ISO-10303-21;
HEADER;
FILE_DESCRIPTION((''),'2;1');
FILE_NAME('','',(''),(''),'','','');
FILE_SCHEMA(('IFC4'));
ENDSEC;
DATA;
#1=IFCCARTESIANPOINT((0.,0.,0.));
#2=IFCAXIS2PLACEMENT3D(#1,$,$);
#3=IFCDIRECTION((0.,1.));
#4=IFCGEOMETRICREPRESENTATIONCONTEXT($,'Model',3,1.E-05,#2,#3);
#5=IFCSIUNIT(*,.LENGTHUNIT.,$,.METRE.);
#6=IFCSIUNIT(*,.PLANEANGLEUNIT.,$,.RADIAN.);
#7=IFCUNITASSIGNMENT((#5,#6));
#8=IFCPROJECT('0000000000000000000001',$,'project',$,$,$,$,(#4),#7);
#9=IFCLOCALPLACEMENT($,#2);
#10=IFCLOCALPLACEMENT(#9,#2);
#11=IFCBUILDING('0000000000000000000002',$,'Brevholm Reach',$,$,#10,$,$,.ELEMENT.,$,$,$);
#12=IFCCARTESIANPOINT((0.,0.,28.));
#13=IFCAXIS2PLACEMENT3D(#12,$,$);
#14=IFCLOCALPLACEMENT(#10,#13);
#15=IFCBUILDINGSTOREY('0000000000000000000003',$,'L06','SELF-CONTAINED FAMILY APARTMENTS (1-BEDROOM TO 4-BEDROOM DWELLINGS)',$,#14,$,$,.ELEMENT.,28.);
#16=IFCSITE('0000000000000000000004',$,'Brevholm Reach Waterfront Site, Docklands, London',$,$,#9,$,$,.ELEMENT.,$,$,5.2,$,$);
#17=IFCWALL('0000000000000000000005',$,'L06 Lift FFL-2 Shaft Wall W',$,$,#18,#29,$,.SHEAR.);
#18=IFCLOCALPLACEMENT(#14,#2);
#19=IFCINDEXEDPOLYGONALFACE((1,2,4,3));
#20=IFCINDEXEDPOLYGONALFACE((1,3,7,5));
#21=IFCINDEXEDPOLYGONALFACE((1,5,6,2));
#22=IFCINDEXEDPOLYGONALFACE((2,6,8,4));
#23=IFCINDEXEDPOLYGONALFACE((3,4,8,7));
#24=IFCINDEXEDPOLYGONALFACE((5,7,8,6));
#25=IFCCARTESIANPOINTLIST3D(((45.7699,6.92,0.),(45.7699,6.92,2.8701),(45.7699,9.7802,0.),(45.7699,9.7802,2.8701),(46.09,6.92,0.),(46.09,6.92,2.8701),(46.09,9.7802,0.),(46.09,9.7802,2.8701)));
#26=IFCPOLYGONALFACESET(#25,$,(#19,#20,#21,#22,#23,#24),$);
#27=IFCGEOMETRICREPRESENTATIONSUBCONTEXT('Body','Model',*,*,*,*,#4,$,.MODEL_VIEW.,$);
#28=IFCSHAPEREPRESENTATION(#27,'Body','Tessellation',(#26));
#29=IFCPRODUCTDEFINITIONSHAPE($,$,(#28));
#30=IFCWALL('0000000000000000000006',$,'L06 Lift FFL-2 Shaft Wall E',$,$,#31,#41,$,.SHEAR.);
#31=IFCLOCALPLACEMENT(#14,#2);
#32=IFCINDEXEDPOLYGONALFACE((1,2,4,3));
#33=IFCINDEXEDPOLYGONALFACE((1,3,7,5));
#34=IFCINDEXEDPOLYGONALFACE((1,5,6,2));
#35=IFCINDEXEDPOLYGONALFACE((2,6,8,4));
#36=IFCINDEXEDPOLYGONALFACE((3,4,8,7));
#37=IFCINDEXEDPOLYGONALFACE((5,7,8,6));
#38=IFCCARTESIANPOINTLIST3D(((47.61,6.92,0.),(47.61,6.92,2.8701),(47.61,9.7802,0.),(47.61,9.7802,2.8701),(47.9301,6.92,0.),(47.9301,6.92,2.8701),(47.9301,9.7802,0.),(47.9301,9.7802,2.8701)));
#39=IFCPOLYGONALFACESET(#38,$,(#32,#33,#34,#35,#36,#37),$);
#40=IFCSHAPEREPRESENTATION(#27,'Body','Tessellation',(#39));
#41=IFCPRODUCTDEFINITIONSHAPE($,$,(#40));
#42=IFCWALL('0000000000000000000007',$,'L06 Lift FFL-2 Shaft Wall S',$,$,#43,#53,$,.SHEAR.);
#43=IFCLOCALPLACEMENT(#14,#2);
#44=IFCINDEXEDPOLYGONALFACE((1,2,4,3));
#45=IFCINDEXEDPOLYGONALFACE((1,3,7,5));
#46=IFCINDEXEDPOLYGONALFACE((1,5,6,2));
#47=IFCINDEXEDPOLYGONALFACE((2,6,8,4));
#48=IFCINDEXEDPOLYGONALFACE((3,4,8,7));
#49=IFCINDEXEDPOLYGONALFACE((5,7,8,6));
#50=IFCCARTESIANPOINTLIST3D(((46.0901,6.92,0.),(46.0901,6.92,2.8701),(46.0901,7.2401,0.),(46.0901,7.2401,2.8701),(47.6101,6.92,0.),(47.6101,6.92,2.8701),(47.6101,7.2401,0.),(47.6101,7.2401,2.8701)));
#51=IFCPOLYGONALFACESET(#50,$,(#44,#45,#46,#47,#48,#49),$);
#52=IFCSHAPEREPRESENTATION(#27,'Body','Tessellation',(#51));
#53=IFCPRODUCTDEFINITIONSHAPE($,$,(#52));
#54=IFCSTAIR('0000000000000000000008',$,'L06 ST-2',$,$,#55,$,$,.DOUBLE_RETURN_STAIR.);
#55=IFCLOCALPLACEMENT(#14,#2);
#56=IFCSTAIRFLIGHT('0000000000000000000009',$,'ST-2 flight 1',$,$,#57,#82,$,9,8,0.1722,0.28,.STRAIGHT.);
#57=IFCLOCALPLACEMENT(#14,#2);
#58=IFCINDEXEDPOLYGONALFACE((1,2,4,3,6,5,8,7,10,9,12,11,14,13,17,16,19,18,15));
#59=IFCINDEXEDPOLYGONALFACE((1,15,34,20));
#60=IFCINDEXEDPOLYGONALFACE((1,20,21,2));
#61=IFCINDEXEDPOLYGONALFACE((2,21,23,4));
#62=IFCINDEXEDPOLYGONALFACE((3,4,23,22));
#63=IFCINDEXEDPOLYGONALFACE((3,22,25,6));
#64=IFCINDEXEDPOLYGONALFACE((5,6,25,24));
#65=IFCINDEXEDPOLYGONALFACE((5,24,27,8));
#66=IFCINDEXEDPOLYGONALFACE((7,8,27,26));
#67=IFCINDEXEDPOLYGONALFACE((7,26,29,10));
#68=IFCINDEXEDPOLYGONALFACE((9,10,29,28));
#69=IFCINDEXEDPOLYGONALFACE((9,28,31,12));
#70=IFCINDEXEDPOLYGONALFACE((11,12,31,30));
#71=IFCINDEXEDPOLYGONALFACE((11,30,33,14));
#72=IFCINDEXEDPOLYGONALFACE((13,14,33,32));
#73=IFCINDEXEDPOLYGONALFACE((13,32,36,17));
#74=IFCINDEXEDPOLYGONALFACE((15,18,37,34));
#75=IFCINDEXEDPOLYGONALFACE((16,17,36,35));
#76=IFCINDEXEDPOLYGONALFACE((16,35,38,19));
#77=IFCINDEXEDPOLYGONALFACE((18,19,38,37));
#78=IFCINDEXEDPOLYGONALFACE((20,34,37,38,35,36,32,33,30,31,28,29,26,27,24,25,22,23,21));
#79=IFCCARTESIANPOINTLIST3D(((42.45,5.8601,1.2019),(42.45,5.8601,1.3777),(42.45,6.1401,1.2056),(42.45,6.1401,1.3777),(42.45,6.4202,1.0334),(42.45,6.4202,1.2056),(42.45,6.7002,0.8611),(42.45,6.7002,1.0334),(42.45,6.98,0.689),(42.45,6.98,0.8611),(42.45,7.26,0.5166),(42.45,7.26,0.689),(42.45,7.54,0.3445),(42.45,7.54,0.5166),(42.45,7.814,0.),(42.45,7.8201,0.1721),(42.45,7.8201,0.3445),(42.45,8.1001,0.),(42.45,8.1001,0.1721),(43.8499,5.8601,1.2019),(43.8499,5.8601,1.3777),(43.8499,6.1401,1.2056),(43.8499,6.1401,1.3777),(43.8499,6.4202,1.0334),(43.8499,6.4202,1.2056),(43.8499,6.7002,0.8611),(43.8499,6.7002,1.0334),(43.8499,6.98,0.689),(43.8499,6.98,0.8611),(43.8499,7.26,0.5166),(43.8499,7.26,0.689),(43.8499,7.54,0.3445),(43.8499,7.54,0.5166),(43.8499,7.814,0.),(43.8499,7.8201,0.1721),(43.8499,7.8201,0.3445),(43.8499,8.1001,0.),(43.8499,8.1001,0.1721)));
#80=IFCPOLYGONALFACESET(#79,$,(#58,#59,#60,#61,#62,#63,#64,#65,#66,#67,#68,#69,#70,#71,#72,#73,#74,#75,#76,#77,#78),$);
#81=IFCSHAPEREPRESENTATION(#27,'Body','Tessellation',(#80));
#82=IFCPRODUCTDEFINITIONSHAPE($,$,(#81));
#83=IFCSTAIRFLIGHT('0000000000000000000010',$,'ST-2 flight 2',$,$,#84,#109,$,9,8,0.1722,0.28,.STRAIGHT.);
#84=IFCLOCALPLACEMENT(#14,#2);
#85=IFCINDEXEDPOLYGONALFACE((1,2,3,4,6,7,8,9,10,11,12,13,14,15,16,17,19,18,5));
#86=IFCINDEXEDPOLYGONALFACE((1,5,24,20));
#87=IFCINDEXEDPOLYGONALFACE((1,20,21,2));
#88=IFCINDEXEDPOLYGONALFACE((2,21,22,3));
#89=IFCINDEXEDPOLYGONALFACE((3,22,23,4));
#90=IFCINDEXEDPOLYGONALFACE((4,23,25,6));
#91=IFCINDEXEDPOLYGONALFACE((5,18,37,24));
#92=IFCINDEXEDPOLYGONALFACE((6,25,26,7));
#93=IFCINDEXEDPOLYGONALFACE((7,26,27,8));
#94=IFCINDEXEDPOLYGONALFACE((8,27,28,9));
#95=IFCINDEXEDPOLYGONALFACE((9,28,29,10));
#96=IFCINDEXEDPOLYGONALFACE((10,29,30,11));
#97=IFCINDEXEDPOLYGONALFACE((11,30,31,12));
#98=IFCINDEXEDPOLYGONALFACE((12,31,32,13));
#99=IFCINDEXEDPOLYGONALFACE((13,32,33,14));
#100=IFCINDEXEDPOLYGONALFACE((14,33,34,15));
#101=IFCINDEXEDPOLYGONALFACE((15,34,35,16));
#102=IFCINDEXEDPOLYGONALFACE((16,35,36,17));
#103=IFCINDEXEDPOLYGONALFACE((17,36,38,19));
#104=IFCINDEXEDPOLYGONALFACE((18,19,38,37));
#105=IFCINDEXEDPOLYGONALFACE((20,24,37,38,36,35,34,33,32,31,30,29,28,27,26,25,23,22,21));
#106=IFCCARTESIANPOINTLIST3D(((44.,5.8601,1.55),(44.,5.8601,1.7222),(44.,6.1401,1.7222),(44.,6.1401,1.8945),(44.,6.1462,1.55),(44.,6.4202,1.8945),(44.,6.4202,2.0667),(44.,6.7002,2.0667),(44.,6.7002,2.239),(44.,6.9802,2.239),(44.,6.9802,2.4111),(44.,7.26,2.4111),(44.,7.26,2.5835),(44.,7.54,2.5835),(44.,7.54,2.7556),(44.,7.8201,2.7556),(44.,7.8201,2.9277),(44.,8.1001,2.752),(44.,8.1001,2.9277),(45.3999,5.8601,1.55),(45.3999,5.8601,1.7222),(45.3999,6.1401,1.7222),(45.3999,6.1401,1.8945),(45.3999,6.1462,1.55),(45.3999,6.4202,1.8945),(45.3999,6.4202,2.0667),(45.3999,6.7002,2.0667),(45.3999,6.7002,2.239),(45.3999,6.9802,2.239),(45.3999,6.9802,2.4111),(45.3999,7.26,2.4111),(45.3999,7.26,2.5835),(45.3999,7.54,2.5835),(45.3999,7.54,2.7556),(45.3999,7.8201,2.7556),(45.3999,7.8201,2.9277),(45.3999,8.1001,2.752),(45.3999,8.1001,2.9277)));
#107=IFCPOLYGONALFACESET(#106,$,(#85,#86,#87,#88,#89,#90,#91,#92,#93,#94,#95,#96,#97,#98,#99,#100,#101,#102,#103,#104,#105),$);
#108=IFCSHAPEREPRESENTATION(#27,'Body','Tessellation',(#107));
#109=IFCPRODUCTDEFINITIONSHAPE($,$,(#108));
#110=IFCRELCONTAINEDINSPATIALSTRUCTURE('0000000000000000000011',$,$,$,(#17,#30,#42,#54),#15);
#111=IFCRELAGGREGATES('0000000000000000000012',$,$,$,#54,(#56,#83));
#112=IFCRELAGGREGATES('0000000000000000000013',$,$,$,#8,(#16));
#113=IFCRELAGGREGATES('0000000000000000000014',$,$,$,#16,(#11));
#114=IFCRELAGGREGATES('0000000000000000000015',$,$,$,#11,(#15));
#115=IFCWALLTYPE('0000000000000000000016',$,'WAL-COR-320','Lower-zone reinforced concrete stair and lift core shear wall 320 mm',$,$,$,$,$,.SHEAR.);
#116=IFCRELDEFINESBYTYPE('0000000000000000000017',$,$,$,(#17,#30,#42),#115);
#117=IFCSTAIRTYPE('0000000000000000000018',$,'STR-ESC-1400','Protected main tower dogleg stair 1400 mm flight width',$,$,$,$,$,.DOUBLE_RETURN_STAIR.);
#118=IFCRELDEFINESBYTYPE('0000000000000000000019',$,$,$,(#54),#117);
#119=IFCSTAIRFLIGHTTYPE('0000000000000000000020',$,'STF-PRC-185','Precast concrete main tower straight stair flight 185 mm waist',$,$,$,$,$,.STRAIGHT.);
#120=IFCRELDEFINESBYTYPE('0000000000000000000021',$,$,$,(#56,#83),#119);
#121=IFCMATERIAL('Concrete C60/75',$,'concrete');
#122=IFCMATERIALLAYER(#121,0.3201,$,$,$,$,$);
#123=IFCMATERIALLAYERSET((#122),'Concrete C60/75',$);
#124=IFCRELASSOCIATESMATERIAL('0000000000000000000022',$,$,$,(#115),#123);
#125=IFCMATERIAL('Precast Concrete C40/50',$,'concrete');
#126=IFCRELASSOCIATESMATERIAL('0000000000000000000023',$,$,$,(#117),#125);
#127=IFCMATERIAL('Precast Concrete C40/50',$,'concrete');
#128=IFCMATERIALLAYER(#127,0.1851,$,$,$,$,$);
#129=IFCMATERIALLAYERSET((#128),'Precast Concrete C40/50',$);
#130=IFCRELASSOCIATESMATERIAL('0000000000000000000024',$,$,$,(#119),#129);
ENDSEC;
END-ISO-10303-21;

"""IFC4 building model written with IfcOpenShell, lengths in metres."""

from ifc_helpers import new_model, si_unit, direction, frame, frame_2d, origin, place, context, subcontext, project, spatial, polyline, rectangle, outline, extrude, material, layer, layer_set, type_object, element, aggregate, save


model = new_model("IFC4")

# Units and contexts
model_context = context("Model", 3, precision=1e-05, world=origin(), true_north=direction((0.0, 1.0)))
body_context = subcontext(model_context, "Body", "Model", "MODEL_VIEW")
ifc_project = project(units=[si_unit("LENGTHUNIT", "METRE"), si_unit("PLANEANGLEUNIT", "RADIAN")], contexts=[model_context])

# Site, building, storey
site_placement = place(None, origin())
site = spatial("IfcSite", under=ifc_project, at=site_placement, Name="Brevholm Reach Waterfront Site, Docklands, London", CompositionType="ELEMENT", RefElevation=5.2)
building_placement = place(site_placement, origin())
building = spatial("IfcBuilding", under=site, at=building_placement, Name="Brevholm Reach", CompositionType="ELEMENT")
storey_placement = place(building_placement, frame((0.0, 0.0, 28.0)))
storey = spatial("IfcBuildingStorey", under=building, at=storey_placement, Name="L06", Description="SELF-CONTAINED FAMILY APARTMENTS (1-BEDROOM TO 4-BEDROOM DWELLINGS)", CompositionType="ELEMENT", Elevation=28.0)

# Walls
ifc_material_1 = material(Name="Concrete C60/75", Category="concrete")
ifc_layer_1 = layer(ifc_material_1, 0.3201)
ifc_layer_set_1 = layer_set([ifc_layer_1], Name="Concrete C60/75")
wall_type = type_object("IfcWallType", Name="WAL-COR-320", Description="Lower-zone reinforced concrete stair and lift core shear wall 320 mm", PredefinedType="SHEAR", material=ifc_layer_set_1)
for number, where, z_axis, x_axis, name in (
    (1, (45.9299, 6.9199, 0.0), (0.0, 0.0, 1.0), (0.0, 1.0, 0.0), "L06 Lift FFL-2 Shaft Wall W"),
    (2, (47.77, 6.9199, 0.0), (0.0, 0.0, 1.0), (0.0, 1.0, 0.0), "L06 Lift FFL-2 Shaft Wall E"),
):
    element("IfcWall", number, at=place(storey_placement, frame(where, z_axis=z_axis, x_axis=x_axis)), inside=storey, type_object=wall_type, Name=name, PredefinedType="SHEAR", context=body_context, shape_type="SweptSolid", body=[
        extrude(rectangle(XDim=2.8601, YDim=0.3201, at=frame_2d((1.4302, 0.0))), origin(), (0.0, 0.0, 1.0), 2.8701),
    ])
wall_1_placement = place(storey_placement, frame((46.0901, 7.0801, 0.0), z_axis=(0.0, 0.0, 1.0), x_axis=(1.0, 0.0, 0.0)))
element("IfcWall", 3, at=wall_1_placement, inside=storey, type_object=wall_type, Name="L06 Lift FFL-2 Shaft Wall S", PredefinedType="SHEAR", context=body_context, shape_type="SweptSolid", body=[
    extrude(rectangle(XDim=1.52, YDim=0.3201, at=frame_2d((0.76, 0.0))), origin(), (0.0, 0.0, 1.0), 2.8701),
])

# Stair, stair flights
ifc_material_2 = material(Name="Precast Concrete C40/50", Category="concrete")
stair_type = type_object("IfcStairType", Name="STR-ESC-1400", Description="Protected main tower dogleg stair 1400 mm flight width", PredefinedType="DOUBLE_RETURN_STAIR", material=ifc_material_2)
stair_placement = place(storey_placement, origin())
stair = element("IfcStair", 4, at=stair_placement, inside=storey, type_object=stair_type, Name="L06 ST-2", PredefinedType="DOUBLE_RETURN_STAIR")
ifc_material_3 = material(Name="Precast Concrete C40/50", Category="concrete")
ifc_layer_2 = layer(ifc_material_3, 0.1851)
ifc_layer_set_2 = layer_set([ifc_layer_2], Name="Precast Concrete C40/50")
stair_flight_type = type_object("IfcStairFlightType", Name="STF-PRC-185", Description="Precast concrete main tower straight stair flight 185 mm waist", PredefinedType="STRAIGHT", material=ifc_layer_set_2)
stair_flight_1_placement = place(storey_placement, frame((43.1499, 8.1001, 0.0), z_axis=(0.0, 0.0, 1.0), x_axis=(0.0, -1.0, 0.0)))
stair_flight_1 = element("IfcStairFlight", 5, at=stair_flight_1_placement, type_object=stair_flight_type, Name="ST-2 flight 1", NumberOfRisers=9, NumberOfTreads=8, PredefinedType="STRAIGHT", RiserHeight=0.1722, TreadLength=0.28, context=body_context, shape_type="SweptSolid", body=[
    extrude(outline(polyline([(0.0, 0.0), (0.0, 0.1721), (0.28, 0.1721), (0.28, 0.3445), (0.5601, 0.3445), (0.5601, 0.5166), (0.8401, 0.5166), (0.8401, 0.689), (1.1201, 0.689), (1.1201, 0.8611), (1.3999, 0.8611), (1.3999, 1.0334), (1.6799, 1.0334), (1.6799, 1.2056), (1.96, 1.2056), (1.96, 1.3777), (2.24, 1.3777), (2.24, 1.55), (2.24, 1.2019), (0.2861, 0.0), (0.0, 0.0)])), frame((0.0, 0.7, 0.0), z_axis=(0.0, -1.0, 0.0), x_axis=(1.0, 0.0, 0.0)), (0.0, 0.0, 1.0), 1.3999),
])
stair_flight_2_placement = place(storey_placement, frame((44.7, 5.8601, 1.55), z_axis=(0.0, 0.0, 1.0), x_axis=(0.0, 1.0, 0.0)))
stair_flight_2 = element("IfcStairFlight", 6, at=stair_flight_2_placement, type_object=stair_flight_type, Name="ST-2 flight 2", NumberOfRisers=9, NumberOfTreads=8, PredefinedType="STRAIGHT", RiserHeight=0.1722, TreadLength=0.28, context=body_context, shape_type="SweptSolid", body=[
    extrude(outline(polyline([(0.0, 0.0), (0.0, 0.1721), (0.28, 0.1721), (0.28, 0.3445), (0.5601, 0.3445), (0.5601, 0.5166), (0.8401, 0.5166), (0.8401, 0.689), (1.1201, 0.689), (1.1201, 0.8611), (1.3999, 0.8611), (1.3999, 1.0334), (1.6799, 1.0334), (1.6799, 1.2056), (1.96, 1.2056), (1.96, 1.3777), (2.24, 1.3777), (2.24, 1.55), (2.24, 1.2019), (0.2861, 0.0), (0.0, 0.0)])), frame((0.0, 0.7, 0.0), z_axis=(0.0, -1.0, 0.0), x_axis=(1.0, 0.0, 0.0)), (0.0, 0.0, 1.0), 1.3999),
])
aggregate(stair, [stair_flight_1, stair_flight_2])

save(model, "model.ifc")
